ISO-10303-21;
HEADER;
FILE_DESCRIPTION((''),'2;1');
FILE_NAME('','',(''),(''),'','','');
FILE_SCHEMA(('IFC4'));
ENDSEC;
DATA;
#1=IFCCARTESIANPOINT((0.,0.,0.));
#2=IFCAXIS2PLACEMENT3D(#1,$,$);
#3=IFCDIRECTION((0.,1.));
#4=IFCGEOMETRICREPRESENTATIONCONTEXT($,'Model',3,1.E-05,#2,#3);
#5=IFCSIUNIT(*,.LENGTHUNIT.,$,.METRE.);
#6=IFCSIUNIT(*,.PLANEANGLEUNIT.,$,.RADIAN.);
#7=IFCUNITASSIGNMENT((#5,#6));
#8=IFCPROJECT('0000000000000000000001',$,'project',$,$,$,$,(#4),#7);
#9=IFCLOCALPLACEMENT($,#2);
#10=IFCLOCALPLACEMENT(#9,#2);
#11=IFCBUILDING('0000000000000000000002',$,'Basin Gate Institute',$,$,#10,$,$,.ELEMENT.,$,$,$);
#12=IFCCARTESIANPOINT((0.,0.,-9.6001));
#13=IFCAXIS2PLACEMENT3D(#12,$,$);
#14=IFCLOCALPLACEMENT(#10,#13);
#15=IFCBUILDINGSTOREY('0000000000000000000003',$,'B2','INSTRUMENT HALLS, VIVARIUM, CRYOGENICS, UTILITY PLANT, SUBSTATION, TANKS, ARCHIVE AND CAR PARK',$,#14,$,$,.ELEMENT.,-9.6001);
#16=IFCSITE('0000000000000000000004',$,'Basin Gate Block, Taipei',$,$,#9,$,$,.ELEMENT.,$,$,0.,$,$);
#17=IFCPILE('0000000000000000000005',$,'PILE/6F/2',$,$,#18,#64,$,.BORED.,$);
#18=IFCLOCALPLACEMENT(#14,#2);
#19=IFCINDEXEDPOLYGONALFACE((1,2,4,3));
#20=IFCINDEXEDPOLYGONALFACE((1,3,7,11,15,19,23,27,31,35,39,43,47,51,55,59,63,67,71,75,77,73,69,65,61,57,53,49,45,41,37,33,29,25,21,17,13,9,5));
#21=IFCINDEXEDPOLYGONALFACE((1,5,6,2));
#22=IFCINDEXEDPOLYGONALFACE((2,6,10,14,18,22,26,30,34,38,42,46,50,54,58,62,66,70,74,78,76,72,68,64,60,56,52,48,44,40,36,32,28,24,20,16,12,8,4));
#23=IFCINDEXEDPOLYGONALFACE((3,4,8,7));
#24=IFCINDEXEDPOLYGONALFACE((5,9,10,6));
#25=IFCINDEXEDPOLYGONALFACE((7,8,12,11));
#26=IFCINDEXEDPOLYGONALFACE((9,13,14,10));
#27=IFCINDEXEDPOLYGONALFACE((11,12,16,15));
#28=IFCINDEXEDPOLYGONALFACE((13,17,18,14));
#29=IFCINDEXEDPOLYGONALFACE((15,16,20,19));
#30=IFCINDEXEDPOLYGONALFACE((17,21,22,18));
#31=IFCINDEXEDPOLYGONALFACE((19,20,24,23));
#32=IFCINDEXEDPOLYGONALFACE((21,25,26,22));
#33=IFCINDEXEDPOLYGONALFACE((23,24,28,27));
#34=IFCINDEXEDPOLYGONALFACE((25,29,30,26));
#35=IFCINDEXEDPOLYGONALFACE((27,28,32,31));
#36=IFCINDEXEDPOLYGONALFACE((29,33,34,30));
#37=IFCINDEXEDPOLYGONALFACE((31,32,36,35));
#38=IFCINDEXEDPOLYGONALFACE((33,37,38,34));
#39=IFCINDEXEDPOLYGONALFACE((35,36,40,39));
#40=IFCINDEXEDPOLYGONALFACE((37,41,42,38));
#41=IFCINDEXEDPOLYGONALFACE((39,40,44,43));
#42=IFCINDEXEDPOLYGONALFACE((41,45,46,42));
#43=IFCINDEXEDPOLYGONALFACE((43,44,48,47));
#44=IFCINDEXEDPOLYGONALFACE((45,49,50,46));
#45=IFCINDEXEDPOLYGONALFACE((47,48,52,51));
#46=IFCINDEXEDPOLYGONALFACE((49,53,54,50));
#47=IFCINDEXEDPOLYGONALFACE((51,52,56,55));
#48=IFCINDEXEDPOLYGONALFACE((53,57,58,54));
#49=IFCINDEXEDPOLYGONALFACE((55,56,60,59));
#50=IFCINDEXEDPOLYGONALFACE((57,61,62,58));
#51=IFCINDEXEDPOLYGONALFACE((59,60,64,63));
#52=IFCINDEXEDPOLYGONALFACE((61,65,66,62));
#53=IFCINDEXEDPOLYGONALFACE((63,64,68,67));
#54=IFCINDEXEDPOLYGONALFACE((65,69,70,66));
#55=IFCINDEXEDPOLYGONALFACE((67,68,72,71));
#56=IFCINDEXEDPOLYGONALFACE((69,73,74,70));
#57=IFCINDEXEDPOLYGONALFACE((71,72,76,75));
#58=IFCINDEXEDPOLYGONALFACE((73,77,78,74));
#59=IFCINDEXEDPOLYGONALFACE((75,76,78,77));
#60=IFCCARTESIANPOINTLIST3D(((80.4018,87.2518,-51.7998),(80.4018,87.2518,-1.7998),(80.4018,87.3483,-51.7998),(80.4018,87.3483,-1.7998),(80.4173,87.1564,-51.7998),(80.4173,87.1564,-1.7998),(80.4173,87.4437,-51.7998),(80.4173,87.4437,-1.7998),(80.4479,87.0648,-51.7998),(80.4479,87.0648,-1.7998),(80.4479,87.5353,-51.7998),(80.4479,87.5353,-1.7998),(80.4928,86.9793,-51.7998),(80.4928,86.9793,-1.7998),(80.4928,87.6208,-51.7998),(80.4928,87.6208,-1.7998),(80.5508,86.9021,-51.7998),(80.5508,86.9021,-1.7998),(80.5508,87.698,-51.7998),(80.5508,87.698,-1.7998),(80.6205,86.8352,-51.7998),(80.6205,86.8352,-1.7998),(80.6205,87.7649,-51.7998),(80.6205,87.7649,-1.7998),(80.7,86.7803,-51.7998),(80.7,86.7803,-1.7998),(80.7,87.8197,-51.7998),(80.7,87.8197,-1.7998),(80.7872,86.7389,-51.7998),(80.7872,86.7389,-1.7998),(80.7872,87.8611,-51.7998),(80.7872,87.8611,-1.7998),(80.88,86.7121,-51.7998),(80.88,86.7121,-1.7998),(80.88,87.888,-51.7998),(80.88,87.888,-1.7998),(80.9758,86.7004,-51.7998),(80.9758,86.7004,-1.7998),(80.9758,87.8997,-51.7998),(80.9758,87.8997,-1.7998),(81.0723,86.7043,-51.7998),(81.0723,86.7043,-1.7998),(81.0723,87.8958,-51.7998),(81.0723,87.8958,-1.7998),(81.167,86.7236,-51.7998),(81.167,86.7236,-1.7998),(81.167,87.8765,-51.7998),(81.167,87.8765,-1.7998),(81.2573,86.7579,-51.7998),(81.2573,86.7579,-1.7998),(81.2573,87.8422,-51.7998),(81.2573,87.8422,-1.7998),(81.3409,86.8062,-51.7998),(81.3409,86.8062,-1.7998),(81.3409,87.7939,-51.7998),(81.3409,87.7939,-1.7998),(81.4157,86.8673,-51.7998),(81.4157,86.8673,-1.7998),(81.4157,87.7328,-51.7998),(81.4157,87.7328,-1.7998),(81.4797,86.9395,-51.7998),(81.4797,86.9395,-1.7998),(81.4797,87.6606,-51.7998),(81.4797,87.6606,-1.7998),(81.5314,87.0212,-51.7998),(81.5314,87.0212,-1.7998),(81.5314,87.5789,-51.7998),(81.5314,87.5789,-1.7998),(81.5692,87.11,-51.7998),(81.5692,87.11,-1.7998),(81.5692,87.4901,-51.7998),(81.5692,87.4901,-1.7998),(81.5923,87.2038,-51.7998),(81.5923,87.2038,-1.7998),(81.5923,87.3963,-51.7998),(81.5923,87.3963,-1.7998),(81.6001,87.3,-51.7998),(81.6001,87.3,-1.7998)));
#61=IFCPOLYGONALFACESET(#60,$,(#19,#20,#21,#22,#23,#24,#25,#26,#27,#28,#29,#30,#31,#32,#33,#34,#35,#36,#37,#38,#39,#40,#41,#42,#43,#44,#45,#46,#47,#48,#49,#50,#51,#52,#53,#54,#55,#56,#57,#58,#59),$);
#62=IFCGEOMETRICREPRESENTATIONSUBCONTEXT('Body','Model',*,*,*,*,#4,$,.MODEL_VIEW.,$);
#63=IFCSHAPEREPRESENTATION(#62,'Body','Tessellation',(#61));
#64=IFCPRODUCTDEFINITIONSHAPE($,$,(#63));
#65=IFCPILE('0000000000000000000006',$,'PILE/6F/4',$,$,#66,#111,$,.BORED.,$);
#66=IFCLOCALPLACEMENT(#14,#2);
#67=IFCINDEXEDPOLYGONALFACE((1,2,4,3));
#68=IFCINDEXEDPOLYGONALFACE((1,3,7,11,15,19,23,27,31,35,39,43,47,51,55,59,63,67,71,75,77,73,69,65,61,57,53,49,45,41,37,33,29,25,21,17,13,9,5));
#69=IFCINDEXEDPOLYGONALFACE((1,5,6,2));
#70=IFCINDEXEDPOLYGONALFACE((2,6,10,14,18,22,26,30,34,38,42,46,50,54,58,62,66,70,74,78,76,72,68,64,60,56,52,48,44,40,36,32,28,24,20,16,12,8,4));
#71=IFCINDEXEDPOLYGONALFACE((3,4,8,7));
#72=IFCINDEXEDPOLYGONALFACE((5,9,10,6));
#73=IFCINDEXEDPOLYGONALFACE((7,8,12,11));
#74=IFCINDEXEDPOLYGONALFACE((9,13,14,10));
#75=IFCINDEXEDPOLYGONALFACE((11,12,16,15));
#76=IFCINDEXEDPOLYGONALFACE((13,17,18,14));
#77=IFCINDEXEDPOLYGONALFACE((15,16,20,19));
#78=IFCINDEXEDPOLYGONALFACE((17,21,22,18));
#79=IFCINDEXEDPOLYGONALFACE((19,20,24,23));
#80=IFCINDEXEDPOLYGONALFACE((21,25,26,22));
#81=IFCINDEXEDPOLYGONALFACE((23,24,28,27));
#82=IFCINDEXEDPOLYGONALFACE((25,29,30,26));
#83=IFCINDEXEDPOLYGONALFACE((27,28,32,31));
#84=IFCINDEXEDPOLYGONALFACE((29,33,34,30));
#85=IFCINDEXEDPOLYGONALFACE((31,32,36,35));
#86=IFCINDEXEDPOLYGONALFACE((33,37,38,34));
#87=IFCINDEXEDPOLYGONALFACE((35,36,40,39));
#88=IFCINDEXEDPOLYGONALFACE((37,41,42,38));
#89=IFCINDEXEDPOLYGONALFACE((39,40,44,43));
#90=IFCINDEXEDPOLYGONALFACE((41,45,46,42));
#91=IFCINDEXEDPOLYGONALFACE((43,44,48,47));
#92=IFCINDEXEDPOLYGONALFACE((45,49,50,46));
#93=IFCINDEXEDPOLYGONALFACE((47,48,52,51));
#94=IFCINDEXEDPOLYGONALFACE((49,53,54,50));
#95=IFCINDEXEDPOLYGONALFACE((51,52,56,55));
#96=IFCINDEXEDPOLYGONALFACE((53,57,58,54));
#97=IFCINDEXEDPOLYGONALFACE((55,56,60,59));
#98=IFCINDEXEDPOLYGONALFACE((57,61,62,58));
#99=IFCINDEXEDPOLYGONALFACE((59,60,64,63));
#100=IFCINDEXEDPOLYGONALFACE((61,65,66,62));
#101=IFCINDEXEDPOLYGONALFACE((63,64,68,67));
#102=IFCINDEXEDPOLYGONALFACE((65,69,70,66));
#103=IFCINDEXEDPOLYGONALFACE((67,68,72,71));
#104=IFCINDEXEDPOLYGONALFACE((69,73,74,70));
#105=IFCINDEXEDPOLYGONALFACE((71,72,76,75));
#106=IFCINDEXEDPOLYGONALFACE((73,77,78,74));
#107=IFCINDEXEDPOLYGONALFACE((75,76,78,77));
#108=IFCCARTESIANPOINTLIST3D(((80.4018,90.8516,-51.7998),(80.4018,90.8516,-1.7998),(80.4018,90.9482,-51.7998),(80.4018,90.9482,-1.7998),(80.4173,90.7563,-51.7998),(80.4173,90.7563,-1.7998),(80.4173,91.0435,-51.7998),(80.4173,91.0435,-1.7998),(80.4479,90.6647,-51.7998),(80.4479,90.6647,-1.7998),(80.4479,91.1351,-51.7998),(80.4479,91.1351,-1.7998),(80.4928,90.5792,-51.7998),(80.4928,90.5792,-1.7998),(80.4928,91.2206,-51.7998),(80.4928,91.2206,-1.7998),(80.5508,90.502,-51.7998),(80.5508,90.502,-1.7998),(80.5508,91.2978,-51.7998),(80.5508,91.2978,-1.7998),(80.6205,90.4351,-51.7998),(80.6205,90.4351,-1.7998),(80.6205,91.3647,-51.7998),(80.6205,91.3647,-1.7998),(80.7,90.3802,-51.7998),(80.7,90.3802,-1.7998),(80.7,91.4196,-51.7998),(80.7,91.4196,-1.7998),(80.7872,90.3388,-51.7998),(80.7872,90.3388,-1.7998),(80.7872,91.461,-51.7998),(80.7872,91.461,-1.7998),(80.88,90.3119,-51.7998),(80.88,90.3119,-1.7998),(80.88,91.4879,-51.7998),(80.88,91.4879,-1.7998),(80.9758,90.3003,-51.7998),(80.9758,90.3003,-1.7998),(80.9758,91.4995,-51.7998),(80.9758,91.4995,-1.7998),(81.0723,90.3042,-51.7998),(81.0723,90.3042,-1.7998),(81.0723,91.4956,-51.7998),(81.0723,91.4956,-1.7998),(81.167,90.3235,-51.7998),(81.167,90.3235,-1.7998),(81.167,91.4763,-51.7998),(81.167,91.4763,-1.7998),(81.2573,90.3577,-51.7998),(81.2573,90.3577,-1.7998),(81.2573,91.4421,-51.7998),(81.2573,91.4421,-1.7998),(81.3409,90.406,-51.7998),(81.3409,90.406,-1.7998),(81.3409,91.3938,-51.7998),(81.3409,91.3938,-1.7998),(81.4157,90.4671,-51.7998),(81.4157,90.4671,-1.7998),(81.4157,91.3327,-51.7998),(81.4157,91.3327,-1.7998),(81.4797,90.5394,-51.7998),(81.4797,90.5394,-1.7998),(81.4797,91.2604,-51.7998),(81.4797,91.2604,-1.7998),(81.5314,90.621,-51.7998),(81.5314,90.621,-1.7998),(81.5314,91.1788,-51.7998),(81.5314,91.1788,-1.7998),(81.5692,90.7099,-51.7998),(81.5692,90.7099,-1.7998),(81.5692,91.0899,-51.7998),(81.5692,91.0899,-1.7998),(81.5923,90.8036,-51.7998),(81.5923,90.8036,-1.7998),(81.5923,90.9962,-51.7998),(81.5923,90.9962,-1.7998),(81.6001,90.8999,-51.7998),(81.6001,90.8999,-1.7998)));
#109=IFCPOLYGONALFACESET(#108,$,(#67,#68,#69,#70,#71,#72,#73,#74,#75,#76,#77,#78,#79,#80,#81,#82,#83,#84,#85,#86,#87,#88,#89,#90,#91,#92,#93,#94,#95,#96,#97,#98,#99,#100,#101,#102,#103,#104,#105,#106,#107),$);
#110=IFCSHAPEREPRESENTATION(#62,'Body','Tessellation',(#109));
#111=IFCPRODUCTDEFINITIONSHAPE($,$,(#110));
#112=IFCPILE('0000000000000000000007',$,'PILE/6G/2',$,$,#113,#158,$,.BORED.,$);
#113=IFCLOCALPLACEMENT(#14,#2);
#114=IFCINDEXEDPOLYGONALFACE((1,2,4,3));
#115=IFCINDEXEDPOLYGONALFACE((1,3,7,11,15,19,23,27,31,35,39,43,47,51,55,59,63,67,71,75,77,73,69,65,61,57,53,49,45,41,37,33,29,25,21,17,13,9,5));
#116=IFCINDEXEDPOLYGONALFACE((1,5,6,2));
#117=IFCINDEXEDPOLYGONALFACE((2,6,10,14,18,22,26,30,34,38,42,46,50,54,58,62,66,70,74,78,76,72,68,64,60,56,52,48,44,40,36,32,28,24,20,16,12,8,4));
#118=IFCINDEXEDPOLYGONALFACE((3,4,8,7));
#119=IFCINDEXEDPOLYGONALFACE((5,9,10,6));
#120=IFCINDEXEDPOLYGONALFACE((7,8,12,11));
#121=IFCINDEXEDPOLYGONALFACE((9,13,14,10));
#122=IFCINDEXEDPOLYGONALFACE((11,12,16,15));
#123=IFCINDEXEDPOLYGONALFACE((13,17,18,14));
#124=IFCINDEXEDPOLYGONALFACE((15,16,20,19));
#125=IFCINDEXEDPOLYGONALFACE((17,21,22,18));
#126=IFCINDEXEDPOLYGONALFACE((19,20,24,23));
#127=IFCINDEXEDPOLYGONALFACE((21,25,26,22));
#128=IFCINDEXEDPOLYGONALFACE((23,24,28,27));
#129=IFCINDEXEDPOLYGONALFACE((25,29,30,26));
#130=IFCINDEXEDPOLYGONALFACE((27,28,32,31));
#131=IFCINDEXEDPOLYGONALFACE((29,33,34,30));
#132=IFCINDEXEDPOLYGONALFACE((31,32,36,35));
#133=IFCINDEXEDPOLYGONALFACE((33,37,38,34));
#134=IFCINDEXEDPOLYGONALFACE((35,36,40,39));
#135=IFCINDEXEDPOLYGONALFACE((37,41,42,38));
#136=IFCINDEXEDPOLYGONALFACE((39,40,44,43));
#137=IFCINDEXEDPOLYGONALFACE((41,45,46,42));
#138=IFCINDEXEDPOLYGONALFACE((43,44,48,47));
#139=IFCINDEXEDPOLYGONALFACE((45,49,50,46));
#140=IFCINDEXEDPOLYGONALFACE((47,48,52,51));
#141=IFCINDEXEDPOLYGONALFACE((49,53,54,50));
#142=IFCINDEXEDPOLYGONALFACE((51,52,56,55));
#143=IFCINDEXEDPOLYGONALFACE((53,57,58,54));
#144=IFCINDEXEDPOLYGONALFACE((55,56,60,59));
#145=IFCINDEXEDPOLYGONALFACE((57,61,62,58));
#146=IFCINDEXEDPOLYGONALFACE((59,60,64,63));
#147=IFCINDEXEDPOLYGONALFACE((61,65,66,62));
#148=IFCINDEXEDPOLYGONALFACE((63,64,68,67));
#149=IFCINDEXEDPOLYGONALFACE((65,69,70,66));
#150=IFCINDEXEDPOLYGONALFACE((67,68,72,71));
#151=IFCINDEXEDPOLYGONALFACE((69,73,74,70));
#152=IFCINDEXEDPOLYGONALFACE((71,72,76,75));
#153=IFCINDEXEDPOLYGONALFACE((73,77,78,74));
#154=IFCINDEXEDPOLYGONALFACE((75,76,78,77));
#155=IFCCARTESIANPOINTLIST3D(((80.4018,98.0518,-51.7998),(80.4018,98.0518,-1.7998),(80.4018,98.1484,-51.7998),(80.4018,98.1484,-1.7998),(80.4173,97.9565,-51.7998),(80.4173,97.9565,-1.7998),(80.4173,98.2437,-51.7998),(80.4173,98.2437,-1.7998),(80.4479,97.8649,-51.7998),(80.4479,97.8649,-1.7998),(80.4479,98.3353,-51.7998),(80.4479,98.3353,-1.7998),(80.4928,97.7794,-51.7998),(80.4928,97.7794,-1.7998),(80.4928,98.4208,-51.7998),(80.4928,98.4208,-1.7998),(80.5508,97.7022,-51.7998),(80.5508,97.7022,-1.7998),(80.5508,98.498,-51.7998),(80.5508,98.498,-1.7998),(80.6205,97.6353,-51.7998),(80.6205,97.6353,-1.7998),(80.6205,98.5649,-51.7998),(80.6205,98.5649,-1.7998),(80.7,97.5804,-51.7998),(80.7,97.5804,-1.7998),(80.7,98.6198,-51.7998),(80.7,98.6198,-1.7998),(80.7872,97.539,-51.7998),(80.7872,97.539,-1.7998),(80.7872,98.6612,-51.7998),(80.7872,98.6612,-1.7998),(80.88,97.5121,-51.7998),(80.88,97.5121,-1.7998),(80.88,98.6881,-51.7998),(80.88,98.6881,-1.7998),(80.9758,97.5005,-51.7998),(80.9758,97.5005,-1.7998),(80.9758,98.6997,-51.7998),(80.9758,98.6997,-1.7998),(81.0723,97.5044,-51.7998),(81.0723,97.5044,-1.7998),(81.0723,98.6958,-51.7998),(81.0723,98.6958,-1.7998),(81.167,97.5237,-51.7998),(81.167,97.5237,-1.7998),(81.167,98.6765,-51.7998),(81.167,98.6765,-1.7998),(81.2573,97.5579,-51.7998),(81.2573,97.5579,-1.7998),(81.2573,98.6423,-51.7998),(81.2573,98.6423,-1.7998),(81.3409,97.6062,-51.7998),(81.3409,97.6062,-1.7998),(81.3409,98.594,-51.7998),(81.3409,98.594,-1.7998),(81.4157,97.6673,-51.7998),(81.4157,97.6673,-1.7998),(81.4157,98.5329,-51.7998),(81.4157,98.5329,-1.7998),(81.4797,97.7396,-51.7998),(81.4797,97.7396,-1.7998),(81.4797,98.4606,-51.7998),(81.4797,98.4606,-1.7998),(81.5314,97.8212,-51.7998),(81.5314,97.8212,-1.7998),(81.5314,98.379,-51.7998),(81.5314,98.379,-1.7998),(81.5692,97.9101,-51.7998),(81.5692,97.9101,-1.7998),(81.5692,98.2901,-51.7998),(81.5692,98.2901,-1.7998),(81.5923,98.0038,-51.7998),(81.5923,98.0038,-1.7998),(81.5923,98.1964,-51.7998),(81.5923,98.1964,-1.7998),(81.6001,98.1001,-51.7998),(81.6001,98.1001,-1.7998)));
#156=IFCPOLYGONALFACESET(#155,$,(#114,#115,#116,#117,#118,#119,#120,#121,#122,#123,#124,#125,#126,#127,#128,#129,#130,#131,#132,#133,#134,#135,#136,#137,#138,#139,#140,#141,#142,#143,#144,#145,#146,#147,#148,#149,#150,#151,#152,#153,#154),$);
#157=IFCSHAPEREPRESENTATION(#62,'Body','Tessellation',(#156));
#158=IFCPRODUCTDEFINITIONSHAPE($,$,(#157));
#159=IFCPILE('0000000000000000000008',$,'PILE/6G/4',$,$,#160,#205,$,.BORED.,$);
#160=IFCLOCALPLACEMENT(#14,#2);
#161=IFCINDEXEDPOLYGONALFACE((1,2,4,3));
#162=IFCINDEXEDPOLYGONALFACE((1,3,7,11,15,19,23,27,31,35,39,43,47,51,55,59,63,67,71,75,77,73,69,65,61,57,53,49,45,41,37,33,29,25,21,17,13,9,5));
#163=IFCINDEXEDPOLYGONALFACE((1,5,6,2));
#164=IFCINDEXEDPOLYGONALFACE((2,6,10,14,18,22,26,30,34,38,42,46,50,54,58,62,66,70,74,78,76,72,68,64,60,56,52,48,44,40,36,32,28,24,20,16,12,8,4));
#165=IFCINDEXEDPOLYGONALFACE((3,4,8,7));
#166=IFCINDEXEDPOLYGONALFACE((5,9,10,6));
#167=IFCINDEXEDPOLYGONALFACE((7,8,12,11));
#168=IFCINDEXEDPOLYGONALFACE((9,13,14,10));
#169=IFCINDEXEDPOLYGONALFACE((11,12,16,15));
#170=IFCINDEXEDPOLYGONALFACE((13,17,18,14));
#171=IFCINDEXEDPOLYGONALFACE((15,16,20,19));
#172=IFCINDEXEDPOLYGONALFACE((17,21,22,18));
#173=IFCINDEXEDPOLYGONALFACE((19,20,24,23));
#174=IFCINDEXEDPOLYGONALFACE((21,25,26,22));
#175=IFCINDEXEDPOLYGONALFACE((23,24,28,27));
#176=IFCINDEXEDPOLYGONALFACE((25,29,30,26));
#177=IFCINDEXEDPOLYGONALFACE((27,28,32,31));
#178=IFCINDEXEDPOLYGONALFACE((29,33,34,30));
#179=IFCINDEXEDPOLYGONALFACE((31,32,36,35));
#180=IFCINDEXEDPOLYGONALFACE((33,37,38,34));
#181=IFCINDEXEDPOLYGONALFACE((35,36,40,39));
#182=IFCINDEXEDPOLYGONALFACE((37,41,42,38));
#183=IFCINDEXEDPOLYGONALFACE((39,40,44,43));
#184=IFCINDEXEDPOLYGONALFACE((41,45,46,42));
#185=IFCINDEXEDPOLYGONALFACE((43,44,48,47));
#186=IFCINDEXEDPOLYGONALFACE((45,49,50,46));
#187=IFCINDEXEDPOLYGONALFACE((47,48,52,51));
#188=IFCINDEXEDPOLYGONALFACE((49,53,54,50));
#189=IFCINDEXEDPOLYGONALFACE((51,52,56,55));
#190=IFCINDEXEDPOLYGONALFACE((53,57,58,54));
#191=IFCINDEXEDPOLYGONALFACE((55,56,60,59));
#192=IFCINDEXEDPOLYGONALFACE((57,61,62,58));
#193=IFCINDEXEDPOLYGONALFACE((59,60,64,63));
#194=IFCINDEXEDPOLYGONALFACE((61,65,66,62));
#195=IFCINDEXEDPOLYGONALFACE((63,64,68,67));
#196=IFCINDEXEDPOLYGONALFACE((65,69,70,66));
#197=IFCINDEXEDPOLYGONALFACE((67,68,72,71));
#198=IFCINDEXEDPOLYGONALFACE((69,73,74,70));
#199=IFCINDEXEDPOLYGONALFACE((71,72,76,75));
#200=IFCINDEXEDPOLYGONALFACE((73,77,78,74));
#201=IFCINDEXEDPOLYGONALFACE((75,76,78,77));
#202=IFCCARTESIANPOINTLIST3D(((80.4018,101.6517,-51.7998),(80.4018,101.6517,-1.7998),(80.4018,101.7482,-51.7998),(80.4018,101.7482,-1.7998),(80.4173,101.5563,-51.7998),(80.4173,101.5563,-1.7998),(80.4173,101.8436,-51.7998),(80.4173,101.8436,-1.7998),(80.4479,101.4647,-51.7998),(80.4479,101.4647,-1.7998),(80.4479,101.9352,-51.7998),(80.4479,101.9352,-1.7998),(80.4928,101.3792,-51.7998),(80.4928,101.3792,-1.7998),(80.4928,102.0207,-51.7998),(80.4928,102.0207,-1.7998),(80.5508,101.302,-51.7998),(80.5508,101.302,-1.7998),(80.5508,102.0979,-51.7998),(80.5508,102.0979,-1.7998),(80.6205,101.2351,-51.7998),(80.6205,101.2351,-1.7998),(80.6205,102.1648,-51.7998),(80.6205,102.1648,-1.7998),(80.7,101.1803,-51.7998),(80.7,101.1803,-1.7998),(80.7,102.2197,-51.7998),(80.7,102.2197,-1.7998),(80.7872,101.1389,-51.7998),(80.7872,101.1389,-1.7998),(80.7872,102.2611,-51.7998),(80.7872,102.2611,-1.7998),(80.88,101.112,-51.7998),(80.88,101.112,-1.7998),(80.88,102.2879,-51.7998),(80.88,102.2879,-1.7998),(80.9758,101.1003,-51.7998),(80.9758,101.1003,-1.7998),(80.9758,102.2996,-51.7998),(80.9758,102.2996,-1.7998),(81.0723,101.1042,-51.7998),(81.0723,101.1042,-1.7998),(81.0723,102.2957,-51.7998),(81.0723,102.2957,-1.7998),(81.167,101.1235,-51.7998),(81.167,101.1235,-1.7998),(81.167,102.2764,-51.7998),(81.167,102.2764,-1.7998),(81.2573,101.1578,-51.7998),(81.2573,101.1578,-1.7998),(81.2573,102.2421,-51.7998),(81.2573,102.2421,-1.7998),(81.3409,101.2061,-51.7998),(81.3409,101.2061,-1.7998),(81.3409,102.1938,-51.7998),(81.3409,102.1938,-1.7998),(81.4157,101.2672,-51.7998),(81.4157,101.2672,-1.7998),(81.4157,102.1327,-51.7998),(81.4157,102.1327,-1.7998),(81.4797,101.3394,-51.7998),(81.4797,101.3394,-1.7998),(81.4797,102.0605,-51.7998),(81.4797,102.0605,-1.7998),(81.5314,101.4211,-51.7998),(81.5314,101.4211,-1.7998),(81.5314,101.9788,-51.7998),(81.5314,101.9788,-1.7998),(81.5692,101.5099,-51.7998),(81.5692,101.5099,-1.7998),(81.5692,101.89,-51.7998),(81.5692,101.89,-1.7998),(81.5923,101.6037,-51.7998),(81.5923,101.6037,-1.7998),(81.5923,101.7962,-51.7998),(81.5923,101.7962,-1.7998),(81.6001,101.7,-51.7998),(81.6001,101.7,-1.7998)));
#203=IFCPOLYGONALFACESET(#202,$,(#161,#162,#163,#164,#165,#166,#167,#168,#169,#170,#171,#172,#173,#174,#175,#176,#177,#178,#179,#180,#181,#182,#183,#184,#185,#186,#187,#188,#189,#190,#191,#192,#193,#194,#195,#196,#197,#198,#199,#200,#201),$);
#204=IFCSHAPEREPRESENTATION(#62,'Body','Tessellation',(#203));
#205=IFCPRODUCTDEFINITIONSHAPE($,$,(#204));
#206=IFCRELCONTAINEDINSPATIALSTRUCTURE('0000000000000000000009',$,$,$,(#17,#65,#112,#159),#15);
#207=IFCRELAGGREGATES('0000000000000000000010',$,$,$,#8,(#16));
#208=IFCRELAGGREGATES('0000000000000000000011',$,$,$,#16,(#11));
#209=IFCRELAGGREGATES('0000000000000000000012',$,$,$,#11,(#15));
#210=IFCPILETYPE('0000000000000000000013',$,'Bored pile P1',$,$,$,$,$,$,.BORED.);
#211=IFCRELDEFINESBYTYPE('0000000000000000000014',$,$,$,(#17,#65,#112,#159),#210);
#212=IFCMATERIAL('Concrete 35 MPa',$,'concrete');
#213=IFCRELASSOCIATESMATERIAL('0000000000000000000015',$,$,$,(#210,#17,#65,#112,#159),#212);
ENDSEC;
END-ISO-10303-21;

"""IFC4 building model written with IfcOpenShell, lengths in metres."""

from ifc_helpers import new_model, si_unit, direction, frame, origin, origin_2d, place, context, subcontext, project, spatial, circle, extrude, material, material_profile, profile_set, type_object, element, save


model = new_model("IFC4")

# Units and contexts
model_context = context("Model", 3, precision=1e-05, world=origin(), true_north=direction((0.0, 1.0)))
body_context = subcontext(model_context, "Body", "Model", "MODEL_VIEW")
ifc_project = project(units=[si_unit("LENGTHUNIT", "METRE"), si_unit("PLANEANGLEUNIT", "RADIAN")], contexts=[model_context])

# Site, building, storey
site_placement = place(None, origin())
site = spatial("IfcSite", under=ifc_project, at=site_placement, Name="Basin Gate Block, Taipei", CompositionType="ELEMENT", RefElevation=0.0)
building_placement = place(site_placement, origin())
building = spatial("IfcBuilding", under=site, at=building_placement, Name="Basin Gate Institute", CompositionType="ELEMENT")
storey_placement = place(building_placement, frame((0.0, 0.0, -9.6001)))
storey = spatial("IfcBuildingStorey", under=building, at=storey_placement, Name="B2", Description="INSTRUMENT HALLS, VIVARIUM, CRYOGENICS, UTILITY PLANT, SUBSTATION, TANKS, ARCHIVE AND CAR PARK", CompositionType="ELEMENT", Elevation=-9.6001)

# Piles
ifc_material_1 = material(Name="Concrete 35 MPa", Category="concrete")
ifc_material_profile_1 = material_profile(ifc_material_1, circle(Radius=0.6001, at=origin_2d()), Name="Bored pile P1 1200 dia")
ifc_profile_set_1 = profile_set([ifc_material_profile_1], Name="Concrete 35 MPa")
pile_type = type_object("IfcPileType", Name="Bored pile P1", PredefinedType="BORED", material=ifc_profile_set_1)
for number, where, z_axis, x_axis, name in (
    (1, (81.0, 87.3, -1.7998), (0.0, 0.0, -1.0), (1.0, 0.0, 0.0), "PILE/6F/2"),
    (2, (81.0, 90.8999, -1.7998), (0.0, 0.0, -1.0), (1.0, 0.0, 0.0), "PILE/6F/4"),
    (3, (81.0, 98.1001, -1.7998), (0.0, 0.0, -1.0), (1.0, 0.0, 0.0), "PILE/6G/2"),
    (4, (81.0, 101.7, -1.7998), (0.0, 0.0, -1.0), (1.0, 0.0, 0.0), "PILE/6G/4"),
):
    element("IfcPile", number, at=place(storey_placement, frame(where, z_axis=z_axis, x_axis=x_axis)), inside=storey, type_object=pile_type, material=ifc_profile_set_1, Name=name, PredefinedType="BORED", context=body_context, shape_type="SweptSolid", body=[
        extrude(circle(Radius=0.6001, at=origin_2d()), origin(), (0.0, 0.0, 1.0), 50.0),
    ])

save(model, "model.ifc")
